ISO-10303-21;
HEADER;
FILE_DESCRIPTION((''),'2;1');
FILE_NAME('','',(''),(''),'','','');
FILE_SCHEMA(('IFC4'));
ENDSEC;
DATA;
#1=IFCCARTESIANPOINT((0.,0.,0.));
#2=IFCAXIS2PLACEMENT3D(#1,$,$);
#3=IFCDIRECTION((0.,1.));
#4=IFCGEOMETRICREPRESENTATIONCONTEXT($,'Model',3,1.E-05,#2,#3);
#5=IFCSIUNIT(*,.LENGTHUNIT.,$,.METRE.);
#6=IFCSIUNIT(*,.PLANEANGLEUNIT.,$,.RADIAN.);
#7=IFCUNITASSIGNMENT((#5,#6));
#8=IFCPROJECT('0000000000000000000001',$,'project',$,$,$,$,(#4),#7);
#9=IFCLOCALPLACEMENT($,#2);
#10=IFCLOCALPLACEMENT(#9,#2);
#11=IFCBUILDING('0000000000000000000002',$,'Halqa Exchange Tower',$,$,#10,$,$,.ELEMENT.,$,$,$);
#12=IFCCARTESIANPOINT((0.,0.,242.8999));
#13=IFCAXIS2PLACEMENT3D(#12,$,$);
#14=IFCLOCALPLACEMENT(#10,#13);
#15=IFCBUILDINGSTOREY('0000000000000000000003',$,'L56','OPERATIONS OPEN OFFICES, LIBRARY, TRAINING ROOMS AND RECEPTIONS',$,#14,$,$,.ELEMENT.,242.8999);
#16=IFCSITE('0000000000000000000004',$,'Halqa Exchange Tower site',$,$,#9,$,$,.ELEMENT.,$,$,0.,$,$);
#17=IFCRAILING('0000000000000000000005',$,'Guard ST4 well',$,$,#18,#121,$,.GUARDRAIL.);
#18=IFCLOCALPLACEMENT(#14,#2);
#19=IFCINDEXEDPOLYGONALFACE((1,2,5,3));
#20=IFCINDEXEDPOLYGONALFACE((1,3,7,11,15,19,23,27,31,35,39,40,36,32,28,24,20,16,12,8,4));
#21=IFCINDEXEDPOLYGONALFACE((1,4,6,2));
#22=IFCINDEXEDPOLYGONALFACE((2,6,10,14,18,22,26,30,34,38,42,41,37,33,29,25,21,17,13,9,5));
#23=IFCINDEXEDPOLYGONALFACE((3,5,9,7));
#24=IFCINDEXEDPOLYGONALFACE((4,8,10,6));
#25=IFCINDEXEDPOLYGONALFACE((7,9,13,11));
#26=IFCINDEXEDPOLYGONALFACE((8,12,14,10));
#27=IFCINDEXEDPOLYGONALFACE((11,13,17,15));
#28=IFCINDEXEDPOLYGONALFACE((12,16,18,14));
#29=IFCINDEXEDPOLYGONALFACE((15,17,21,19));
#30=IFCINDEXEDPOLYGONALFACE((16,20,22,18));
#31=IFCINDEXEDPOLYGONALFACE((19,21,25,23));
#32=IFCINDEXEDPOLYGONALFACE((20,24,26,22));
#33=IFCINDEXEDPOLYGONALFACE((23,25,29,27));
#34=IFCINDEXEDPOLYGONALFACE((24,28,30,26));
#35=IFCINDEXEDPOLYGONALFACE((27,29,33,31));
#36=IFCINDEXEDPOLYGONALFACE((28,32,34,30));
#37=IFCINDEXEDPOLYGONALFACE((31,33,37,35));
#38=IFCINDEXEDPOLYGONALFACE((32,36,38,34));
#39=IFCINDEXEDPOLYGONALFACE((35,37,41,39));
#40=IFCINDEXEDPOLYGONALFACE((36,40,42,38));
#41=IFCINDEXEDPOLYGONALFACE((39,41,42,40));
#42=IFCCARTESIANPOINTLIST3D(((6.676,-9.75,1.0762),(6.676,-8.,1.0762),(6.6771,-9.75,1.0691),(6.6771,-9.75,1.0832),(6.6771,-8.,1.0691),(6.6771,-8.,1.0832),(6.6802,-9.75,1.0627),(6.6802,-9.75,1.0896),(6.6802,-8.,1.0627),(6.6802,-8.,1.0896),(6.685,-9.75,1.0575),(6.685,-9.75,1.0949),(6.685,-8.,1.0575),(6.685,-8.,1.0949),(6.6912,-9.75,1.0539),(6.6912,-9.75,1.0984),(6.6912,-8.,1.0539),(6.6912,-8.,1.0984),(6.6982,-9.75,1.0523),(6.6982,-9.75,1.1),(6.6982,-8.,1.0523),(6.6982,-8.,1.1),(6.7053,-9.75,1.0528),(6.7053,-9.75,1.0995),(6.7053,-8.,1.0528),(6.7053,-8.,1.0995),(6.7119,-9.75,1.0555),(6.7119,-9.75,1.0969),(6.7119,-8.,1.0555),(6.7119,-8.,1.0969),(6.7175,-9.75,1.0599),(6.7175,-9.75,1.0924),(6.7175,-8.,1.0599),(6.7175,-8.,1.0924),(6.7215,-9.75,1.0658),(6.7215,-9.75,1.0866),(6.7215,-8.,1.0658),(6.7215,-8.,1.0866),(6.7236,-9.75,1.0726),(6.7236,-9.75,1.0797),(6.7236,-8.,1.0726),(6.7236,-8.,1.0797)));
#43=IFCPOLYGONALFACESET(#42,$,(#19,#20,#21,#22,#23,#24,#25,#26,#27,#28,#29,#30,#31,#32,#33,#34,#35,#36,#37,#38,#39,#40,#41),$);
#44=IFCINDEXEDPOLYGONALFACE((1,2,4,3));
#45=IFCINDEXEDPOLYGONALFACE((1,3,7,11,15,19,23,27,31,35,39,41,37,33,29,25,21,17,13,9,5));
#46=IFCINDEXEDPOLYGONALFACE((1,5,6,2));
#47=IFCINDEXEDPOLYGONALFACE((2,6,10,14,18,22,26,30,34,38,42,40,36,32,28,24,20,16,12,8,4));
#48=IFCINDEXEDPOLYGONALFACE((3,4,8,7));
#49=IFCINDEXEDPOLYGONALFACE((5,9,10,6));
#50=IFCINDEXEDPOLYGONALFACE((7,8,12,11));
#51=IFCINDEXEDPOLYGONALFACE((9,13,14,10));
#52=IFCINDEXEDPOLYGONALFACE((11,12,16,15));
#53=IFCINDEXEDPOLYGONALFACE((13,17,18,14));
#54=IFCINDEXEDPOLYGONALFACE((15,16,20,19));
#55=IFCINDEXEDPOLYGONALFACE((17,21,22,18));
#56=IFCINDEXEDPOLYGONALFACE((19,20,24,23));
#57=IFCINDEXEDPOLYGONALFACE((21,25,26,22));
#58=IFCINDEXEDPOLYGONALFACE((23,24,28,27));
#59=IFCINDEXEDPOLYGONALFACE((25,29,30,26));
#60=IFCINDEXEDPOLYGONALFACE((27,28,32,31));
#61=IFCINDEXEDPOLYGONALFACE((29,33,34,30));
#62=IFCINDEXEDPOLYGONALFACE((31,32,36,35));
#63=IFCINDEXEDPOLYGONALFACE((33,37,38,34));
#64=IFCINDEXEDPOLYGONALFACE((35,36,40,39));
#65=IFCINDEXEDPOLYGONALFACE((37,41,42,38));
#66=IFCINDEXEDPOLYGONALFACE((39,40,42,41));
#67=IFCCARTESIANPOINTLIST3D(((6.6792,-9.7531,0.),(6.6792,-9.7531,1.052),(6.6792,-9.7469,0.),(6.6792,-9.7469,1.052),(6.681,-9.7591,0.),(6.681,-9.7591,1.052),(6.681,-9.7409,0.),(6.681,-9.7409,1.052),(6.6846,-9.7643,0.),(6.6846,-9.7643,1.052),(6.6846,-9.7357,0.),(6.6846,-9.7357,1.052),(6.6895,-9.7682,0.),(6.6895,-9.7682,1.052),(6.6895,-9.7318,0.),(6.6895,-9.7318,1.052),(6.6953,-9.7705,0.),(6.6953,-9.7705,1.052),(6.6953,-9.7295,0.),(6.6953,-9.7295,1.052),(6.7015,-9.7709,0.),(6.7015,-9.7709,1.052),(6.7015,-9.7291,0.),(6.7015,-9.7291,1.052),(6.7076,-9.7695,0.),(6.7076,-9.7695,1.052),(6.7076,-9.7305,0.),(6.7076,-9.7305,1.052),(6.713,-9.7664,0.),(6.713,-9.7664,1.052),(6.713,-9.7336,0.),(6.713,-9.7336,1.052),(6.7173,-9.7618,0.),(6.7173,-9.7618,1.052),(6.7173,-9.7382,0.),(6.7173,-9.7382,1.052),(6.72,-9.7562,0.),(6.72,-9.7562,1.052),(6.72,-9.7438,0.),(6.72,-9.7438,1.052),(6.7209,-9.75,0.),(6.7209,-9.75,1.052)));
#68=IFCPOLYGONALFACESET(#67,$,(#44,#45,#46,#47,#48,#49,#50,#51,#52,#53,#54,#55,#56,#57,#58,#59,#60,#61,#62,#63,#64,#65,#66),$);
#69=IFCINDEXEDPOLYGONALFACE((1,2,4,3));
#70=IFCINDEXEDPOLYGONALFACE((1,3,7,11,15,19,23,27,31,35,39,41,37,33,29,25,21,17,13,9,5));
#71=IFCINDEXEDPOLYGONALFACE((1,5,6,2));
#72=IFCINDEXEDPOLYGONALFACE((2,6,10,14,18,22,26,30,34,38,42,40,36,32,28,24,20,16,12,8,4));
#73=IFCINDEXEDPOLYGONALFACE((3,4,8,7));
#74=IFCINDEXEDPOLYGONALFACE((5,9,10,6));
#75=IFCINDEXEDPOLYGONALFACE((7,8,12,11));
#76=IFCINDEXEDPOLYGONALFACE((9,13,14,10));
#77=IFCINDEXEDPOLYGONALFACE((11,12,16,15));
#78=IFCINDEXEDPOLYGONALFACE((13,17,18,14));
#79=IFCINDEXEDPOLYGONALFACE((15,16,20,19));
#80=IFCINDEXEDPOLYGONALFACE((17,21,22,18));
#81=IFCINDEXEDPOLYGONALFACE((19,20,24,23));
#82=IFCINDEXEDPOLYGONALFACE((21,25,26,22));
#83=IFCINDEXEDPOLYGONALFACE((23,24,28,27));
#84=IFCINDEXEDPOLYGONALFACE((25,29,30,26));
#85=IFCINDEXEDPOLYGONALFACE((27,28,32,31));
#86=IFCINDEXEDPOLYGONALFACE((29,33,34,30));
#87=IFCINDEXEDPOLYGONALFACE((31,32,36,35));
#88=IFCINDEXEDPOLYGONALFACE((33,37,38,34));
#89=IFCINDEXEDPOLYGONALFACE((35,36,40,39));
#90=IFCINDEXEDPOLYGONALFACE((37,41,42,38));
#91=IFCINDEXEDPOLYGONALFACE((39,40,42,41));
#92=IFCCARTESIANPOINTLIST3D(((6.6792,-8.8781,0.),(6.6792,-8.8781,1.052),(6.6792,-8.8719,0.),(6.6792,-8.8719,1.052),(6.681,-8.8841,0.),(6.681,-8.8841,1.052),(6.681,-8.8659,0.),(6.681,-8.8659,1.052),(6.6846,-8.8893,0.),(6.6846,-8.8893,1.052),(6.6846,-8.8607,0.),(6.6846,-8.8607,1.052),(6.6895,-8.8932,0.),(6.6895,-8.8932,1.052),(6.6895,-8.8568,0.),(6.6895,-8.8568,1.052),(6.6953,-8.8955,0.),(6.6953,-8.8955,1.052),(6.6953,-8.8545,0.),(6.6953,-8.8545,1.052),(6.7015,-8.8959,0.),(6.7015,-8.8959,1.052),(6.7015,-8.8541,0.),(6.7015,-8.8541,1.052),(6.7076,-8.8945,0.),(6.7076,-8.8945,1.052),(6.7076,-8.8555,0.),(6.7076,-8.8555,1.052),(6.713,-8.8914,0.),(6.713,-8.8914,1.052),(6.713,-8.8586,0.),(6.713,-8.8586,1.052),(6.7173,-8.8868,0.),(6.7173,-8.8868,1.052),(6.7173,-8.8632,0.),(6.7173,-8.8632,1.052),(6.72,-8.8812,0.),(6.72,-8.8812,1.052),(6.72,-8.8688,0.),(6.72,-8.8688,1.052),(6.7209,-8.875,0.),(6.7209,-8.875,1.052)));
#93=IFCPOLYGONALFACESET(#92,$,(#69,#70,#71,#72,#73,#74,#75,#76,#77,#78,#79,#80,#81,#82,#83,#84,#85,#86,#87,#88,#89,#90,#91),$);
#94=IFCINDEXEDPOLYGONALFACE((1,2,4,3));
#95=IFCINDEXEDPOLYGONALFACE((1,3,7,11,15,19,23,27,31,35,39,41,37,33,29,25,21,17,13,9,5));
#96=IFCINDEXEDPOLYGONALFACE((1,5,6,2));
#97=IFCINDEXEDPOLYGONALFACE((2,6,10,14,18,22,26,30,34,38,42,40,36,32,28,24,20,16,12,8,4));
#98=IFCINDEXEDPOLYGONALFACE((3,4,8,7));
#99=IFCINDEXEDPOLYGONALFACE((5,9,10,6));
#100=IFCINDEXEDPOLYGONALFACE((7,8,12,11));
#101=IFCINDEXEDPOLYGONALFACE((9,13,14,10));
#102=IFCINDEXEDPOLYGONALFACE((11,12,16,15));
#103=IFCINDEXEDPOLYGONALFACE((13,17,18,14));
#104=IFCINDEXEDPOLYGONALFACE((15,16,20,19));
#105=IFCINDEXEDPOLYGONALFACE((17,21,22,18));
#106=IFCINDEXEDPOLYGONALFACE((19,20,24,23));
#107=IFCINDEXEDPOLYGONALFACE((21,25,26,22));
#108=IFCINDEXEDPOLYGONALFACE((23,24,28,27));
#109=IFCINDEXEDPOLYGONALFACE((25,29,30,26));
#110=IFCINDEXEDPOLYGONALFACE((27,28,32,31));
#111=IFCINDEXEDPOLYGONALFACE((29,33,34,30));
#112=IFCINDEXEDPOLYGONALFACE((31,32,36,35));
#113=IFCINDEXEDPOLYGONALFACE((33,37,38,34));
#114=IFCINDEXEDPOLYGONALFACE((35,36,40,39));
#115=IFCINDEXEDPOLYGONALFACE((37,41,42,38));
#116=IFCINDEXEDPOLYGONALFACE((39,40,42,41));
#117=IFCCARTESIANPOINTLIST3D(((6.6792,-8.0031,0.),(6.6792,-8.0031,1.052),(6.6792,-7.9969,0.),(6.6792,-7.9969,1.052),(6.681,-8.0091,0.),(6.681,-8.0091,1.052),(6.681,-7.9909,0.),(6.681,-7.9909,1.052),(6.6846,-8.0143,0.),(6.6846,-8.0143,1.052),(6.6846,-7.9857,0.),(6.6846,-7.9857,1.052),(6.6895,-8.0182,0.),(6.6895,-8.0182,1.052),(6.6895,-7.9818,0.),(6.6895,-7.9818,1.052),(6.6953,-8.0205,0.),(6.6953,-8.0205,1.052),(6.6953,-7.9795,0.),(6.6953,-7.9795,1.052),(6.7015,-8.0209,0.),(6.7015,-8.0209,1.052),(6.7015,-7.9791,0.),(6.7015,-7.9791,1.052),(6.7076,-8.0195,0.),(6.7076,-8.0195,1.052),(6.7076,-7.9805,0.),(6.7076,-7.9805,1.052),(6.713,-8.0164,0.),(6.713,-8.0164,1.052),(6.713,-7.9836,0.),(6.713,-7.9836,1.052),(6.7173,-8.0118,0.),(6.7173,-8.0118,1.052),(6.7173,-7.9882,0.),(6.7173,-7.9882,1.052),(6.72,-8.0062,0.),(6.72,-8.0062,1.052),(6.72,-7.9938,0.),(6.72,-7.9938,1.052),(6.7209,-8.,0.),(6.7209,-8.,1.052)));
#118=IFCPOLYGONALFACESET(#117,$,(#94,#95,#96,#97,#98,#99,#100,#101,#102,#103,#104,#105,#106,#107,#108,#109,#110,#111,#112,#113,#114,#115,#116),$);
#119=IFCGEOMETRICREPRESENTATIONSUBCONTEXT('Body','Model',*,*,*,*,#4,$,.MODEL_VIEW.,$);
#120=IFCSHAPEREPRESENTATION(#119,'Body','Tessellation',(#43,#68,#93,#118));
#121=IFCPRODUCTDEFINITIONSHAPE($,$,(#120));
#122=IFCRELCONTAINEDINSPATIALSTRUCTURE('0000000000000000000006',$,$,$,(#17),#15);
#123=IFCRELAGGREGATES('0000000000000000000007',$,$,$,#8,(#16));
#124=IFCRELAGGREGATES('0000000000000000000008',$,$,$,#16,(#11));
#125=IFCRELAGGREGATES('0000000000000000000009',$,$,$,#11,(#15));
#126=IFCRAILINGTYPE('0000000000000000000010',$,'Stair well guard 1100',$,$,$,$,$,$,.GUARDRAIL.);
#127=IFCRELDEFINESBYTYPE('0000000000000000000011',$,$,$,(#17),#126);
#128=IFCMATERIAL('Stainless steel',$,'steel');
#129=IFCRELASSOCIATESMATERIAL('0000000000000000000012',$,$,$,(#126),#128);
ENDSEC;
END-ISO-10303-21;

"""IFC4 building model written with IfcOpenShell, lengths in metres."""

from ifc_helpers import new_model, si_unit, direction, frame, origin, origin_2d, place, context, subcontext, project, spatial, circle, extrude, material, type_object, element, save


model = new_model("IFC4")

# Units and contexts
model_context = context("Model", 3, precision=1e-05, world=origin(), true_north=direction((0.0, 1.0)))
body_context = subcontext(model_context, "Body", "Model", "MODEL_VIEW")
ifc_project = project(units=[si_unit("LENGTHUNIT", "METRE"), si_unit("PLANEANGLEUNIT", "RADIAN")], contexts=[model_context])

# Site, building, storey
site_placement = place(None, origin())
site = spatial("IfcSite", under=ifc_project, at=site_placement, Name="Halqa Exchange Tower site", CompositionType="ELEMENT", RefElevation=0.0)
building_placement = place(site_placement, origin())
building = spatial("IfcBuilding", under=site, at=building_placement, Name="Halqa Exchange Tower", CompositionType="ELEMENT")
storey_placement = place(building_placement, frame((0.0, 0.0, 242.8999)))
storey = spatial("IfcBuildingStorey", under=building, at=storey_placement, Name="L56", Description="OPERATIONS OPEN OFFICES, LIBRARY, TRAINING ROOMS AND RECEPTIONS", CompositionType="ELEMENT", Elevation=242.8999)

# Railing
ifc_material_1 = material(Name="Stainless steel", Category="steel")
railing_type_1 = type_object("IfcRailingType", Name="Stair well guard 1100", PredefinedType="GUARDRAIL", material=ifc_material_1)
railing_1_placement = place(storey_placement, frame((6.7, -9.75, 0.0)))
element("IfcRailing", 1, at=railing_1_placement, inside=storey, type_object=railing_type_1, Name="Guard ST4 well", PredefinedType="GUARDRAIL", context=body_context, shape_type="SweptSolid", body=[
    extrude(circle(Radius=0.0239, at=origin_2d()), frame((0.0, 0.0, 1.0762), z_axis=(0.0, 1.0, 0.0), x_axis=(-1.0, 0.0, 0.0)), (0.0, 0.0, 1.0), 1.75),
    extrude(circle(Radius=0.021, at=origin_2d()), origin(), (0.0, 0.0, 1.0), 1.052),
    extrude(circle(Radius=0.021, at=origin_2d()), frame((0.0, 0.875, 0.0)), (0.0, 0.0, 1.0), 1.052),
    extrude(circle(Radius=0.021, at=origin_2d()), frame((0.0, 1.75, 0.0)), (0.0, 0.0, 1.0), 1.052),
])

save(model, "model.ifc")
